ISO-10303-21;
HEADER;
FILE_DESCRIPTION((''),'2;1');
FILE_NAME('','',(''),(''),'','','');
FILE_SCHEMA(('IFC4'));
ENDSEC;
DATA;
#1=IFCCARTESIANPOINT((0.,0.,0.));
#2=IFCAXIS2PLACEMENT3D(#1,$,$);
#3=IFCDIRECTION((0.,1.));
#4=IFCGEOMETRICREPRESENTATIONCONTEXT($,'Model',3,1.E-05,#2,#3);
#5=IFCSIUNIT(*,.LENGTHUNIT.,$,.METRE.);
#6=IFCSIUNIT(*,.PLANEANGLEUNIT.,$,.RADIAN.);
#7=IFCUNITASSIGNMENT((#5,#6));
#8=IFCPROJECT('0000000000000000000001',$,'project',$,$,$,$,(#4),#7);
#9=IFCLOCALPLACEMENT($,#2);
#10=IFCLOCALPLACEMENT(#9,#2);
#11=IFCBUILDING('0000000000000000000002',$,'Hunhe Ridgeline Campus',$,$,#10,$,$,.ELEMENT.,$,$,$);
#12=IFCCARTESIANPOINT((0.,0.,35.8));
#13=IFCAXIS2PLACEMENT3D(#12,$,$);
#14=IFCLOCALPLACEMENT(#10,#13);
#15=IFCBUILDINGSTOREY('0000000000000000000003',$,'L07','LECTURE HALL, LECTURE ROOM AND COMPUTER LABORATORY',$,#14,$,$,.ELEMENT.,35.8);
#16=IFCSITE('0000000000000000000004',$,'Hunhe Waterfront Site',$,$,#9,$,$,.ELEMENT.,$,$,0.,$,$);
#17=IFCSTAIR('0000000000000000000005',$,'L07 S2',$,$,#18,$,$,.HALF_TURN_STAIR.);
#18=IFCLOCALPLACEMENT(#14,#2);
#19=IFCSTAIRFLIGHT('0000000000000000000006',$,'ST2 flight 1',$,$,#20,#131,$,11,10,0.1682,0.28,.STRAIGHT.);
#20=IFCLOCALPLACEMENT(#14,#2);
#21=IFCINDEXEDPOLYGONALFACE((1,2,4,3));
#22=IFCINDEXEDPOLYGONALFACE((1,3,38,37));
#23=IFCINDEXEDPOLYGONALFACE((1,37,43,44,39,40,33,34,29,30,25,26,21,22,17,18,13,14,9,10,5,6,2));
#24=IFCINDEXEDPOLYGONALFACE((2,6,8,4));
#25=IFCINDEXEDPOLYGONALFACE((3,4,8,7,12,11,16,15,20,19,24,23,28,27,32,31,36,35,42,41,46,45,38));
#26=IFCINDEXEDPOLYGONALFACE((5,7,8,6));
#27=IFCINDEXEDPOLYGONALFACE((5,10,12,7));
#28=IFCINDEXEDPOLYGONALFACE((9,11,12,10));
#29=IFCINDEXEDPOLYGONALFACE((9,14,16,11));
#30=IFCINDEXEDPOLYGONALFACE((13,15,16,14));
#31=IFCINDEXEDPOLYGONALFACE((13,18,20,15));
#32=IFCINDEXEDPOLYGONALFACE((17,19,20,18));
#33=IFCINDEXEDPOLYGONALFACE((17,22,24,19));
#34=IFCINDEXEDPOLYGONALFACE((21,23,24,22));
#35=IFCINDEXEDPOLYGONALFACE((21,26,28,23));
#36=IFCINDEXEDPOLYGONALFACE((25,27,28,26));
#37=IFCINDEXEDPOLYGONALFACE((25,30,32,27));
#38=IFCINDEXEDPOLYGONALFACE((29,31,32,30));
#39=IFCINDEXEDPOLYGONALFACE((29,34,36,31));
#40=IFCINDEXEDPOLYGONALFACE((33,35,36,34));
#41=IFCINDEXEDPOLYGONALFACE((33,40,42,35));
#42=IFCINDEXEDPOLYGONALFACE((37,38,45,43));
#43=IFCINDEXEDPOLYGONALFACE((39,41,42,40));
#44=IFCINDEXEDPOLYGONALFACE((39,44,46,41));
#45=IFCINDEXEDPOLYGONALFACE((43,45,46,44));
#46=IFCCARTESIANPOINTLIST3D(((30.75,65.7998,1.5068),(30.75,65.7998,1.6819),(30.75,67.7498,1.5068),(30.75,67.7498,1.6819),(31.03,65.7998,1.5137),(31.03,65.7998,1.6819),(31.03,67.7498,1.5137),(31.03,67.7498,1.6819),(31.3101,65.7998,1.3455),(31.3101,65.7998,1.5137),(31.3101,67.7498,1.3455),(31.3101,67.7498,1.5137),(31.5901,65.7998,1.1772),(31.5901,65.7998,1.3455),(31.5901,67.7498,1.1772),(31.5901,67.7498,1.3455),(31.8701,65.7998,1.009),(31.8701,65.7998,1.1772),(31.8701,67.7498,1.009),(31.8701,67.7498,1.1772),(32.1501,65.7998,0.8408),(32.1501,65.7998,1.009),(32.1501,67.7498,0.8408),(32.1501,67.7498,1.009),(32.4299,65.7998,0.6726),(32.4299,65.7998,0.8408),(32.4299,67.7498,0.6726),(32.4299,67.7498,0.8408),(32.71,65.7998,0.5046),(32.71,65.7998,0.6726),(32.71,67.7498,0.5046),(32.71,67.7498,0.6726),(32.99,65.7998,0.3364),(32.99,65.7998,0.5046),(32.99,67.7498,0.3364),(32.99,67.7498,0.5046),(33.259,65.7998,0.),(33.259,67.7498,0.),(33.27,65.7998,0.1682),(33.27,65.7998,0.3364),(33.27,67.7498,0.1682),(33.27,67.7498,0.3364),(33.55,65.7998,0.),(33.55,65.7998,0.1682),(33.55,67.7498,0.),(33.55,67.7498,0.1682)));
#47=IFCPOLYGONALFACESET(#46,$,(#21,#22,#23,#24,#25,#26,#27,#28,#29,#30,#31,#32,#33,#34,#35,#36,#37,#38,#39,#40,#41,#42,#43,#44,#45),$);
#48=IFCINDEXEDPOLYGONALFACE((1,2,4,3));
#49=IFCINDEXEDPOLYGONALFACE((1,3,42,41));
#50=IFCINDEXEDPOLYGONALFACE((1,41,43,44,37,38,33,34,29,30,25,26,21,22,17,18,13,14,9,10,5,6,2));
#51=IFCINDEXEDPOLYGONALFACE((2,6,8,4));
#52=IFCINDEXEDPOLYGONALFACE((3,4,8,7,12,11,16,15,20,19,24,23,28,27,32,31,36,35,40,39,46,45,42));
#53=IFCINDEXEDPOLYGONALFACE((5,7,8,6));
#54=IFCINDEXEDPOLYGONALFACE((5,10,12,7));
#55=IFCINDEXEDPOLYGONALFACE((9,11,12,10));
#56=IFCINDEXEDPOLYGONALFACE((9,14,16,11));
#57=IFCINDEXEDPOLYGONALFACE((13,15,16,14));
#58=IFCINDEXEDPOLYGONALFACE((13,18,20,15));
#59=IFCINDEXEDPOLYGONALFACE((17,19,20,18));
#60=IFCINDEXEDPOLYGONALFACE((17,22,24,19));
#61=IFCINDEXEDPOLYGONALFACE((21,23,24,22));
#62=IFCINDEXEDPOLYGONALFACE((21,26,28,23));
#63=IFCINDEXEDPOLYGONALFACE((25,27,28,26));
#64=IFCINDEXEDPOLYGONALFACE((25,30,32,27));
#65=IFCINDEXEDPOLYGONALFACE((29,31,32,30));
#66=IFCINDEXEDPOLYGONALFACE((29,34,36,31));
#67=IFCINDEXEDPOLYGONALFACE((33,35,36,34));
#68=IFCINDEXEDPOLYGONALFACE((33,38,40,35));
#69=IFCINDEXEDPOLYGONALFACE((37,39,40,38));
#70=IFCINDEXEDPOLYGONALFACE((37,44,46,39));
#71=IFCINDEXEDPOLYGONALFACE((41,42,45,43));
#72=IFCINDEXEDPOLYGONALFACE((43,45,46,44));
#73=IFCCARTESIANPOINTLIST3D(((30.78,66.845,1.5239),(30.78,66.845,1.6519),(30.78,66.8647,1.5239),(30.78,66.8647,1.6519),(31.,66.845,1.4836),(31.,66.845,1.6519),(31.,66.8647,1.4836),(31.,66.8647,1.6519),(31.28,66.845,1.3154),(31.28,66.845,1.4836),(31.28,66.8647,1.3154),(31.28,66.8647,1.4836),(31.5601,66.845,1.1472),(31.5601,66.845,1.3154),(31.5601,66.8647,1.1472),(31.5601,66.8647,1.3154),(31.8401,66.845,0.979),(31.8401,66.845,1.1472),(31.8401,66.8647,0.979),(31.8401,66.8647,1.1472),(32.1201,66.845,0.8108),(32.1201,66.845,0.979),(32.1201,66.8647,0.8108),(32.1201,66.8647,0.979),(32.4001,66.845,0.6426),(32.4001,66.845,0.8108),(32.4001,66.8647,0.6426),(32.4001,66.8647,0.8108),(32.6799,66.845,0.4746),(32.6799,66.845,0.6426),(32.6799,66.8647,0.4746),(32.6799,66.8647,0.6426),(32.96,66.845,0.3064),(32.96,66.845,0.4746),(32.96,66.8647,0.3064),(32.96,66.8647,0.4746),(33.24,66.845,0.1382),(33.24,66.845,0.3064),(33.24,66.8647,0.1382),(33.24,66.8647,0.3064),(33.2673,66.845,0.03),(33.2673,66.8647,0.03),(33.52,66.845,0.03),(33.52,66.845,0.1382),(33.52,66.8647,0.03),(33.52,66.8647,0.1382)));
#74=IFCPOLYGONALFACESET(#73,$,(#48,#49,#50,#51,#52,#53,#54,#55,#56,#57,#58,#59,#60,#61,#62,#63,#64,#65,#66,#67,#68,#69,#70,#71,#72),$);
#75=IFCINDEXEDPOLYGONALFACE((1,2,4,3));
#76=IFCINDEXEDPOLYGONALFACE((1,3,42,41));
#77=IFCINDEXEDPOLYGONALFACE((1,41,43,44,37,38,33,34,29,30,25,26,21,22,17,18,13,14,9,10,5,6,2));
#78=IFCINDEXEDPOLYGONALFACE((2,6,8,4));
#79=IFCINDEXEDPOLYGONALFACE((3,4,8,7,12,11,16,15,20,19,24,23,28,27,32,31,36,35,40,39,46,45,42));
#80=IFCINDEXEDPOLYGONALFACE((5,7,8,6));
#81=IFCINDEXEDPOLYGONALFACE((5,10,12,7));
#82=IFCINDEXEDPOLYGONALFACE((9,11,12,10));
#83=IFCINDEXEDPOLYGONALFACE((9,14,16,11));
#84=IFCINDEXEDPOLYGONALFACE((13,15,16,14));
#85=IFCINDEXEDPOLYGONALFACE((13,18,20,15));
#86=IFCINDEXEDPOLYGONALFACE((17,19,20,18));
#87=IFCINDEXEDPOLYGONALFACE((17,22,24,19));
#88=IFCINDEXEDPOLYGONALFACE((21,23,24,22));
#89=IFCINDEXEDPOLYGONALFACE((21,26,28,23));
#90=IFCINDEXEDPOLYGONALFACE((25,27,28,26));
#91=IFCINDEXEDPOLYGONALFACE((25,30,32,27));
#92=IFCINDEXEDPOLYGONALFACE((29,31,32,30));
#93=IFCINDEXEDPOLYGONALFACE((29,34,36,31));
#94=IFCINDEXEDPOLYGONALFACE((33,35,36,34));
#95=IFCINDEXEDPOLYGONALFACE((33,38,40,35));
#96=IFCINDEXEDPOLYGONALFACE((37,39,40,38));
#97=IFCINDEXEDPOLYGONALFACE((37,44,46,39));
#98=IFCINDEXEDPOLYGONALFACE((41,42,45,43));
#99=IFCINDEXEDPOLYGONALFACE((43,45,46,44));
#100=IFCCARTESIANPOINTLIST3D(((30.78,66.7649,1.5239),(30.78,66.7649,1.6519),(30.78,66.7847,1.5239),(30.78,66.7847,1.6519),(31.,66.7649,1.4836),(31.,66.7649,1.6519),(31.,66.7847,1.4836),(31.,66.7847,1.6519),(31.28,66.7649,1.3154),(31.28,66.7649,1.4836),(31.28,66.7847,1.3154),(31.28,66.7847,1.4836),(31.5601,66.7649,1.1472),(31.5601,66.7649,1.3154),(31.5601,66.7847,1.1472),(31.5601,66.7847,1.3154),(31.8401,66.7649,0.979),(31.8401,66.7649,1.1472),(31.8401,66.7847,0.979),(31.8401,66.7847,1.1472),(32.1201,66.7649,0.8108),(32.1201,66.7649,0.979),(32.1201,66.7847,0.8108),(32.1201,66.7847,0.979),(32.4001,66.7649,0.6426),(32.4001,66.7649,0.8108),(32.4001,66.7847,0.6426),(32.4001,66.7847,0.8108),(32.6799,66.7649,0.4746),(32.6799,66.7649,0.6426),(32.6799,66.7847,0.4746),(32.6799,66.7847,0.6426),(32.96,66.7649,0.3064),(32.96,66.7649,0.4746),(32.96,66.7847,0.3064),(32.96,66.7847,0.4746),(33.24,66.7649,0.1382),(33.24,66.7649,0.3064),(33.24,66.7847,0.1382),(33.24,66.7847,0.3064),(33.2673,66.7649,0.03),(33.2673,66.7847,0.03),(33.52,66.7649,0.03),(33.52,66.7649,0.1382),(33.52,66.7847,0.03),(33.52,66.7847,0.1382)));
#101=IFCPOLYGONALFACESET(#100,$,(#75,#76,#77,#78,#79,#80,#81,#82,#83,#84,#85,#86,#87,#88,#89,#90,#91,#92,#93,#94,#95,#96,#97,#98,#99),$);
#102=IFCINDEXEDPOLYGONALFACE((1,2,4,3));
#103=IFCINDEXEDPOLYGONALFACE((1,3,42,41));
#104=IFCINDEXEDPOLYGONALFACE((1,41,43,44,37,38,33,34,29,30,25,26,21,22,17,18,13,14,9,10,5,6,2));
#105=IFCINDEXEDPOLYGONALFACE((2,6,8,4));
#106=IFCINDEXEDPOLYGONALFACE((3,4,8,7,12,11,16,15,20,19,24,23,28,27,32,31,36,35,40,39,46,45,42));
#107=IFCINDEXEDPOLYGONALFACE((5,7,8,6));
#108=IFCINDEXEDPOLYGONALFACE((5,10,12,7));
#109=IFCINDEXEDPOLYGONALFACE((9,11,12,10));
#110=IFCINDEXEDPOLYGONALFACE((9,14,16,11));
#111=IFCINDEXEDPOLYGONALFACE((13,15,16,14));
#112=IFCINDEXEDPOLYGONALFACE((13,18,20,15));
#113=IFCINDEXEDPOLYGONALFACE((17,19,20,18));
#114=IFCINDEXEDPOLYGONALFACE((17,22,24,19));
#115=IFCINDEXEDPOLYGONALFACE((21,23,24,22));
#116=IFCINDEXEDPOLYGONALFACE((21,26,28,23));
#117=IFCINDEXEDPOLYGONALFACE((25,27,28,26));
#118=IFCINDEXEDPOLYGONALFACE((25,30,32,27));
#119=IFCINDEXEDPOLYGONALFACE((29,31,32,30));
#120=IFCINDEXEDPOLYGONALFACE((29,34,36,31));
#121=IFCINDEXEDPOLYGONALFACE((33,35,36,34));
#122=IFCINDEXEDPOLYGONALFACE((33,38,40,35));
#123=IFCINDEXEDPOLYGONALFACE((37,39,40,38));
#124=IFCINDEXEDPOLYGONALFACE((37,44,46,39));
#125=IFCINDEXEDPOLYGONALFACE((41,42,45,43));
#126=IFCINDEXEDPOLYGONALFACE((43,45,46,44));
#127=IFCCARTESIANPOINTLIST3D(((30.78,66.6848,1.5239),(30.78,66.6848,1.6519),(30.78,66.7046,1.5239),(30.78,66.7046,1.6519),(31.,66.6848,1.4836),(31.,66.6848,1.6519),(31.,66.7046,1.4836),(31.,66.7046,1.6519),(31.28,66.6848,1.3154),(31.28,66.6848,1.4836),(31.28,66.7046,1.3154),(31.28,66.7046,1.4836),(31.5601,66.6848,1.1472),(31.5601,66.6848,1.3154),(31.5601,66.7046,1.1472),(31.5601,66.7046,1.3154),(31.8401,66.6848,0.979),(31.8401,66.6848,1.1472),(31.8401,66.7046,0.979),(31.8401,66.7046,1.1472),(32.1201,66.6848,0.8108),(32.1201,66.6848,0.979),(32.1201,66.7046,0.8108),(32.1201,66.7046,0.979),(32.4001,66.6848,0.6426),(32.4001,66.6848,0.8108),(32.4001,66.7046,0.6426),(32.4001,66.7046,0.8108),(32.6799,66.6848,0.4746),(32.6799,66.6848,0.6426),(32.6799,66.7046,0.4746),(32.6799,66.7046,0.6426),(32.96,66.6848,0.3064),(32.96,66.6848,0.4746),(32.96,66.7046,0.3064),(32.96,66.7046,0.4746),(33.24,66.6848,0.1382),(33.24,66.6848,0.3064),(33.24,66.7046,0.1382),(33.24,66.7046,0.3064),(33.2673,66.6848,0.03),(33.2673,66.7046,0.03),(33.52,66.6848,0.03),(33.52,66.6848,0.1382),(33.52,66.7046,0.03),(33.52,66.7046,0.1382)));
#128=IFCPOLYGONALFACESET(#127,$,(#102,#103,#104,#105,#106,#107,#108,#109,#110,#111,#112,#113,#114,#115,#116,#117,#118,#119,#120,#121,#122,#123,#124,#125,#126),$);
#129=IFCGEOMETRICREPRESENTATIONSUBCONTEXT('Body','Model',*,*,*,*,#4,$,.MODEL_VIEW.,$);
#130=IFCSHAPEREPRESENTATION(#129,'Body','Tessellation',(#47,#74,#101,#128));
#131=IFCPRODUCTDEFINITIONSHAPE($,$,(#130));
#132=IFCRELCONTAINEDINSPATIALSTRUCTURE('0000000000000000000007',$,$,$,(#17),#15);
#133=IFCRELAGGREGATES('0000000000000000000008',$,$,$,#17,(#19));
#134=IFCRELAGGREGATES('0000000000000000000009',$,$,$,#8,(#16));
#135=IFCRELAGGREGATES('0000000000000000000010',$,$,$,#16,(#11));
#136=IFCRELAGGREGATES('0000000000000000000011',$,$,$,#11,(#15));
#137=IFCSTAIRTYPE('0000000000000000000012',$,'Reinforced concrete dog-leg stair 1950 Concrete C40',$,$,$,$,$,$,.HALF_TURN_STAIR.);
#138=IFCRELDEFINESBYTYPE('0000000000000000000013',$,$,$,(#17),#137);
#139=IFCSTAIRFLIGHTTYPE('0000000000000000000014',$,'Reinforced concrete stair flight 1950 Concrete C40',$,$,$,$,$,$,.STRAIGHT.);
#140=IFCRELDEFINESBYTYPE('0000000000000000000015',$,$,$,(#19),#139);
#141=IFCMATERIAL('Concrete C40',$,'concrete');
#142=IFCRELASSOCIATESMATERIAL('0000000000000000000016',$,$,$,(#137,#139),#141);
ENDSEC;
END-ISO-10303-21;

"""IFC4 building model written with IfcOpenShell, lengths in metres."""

from ifc_helpers import new_model, si_unit, direction, frame, origin, place, context, subcontext, project, spatial, polyline, outline, extrude, material, type_object, element, aggregate, save


model = new_model("IFC4")

# Units and contexts
model_context = context("Model", 3, precision=1e-05, world=origin(), true_north=direction((0.0, 1.0)))
body_context = subcontext(model_context, "Body", "Model", "MODEL_VIEW")
ifc_project = project(units=[si_unit("LENGTHUNIT", "METRE"), si_unit("PLANEANGLEUNIT", "RADIAN")], contexts=[model_context])

# Site, building, storey
site_placement = place(None, origin())
site = spatial("IfcSite", under=ifc_project, at=site_placement, Name="Hunhe Waterfront Site", CompositionType="ELEMENT", RefElevation=0.0)
building_placement = place(site_placement, origin())
building = spatial("IfcBuilding", under=site, at=building_placement, Name="Hunhe Ridgeline Campus", CompositionType="ELEMENT")
storey_placement = place(building_placement, frame((0.0, 0.0, 35.8)))
storey = spatial("IfcBuildingStorey", under=building, at=storey_placement, Name="L07", Description="LECTURE HALL, LECTURE ROOM AND COMPUTER LABORATORY", CompositionType="ELEMENT", Elevation=35.8)

# Stair, stair flight
ifc_material_1 = material(Name="Concrete C40", Category="concrete")
stair_type = type_object("IfcStairType", Name="Reinforced concrete dog-leg stair 1950 Concrete C40", PredefinedType="HALF_TURN_STAIR", material=ifc_material_1)
stair_placement = place(storey_placement, origin())
stair = element("IfcStair", 1, at=stair_placement, inside=storey, type_object=stair_type, Name="L07 S2", PredefinedType="HALF_TURN_STAIR")
stair_flight_type = type_object("IfcStairFlightType", Name="Reinforced concrete stair flight 1950 Concrete C40", PredefinedType="STRAIGHT", material=ifc_material_1)
stair_flight_placement = place(storey_placement, frame((33.55, 66.7749, 0.0), z_axis=(0.0, 0.0, 1.0), x_axis=(-1.0, 0.0, 0.0)))
stair_flight = element("IfcStairFlight", 2, at=stair_flight_placement, type_object=stair_flight_type, Name="ST2 flight 1", NumberOfRisers=11, NumberOfTreads=10, PredefinedType="STRAIGHT", RiserHeight=0.1682, TreadLength=0.28, context=body_context, shape_type="SweptSolid", body=[
    extrude(outline(polyline([(0.0, 0.0), (0.0, 0.1682), (0.28, 0.1682), (0.28, 0.3364), (0.5601, 0.3364), (0.5601, 0.5046), (0.8401, 0.5046), (0.8401, 0.6726), (1.1201, 0.6726), (1.1201, 0.8408), (1.3999, 0.8408), (1.3999, 1.009), (1.6799, 1.009), (1.6799, 1.1772), (1.96, 1.1772), (1.96, 1.3455), (2.24, 1.3455), (2.24, 1.5137), (2.52, 1.5137), (2.52, 1.6819), (2.8, 1.6819), (2.8, 1.8501), (2.8, 1.5068), (0.291, 0.0), (0.0, 0.0)])), frame((0.0, 0.9751, 0.0), z_axis=(0.0, -1.0, 0.0), x_axis=(1.0, 0.0, 0.0)), (0.0, 0.0, 1.0), 1.95),
    extrude(outline(polyline([(0.03, 0.03), (0.03, 0.1382), (0.3101, 0.1382), (0.3101, 0.3064), (0.5901, 0.3064), (0.5901, 0.4746), (0.8701, 0.4746), (0.8701, 0.6426), (1.1499, 0.6426), (1.1499, 0.8108), (1.4299, 0.8108), (1.4299, 0.979), (1.71, 0.979), (1.71, 1.1472), (1.99, 1.1472), (1.99, 1.3154), (2.27, 1.3154), (2.27, 1.4836), (2.55, 1.4836), (2.55, 1.6519), (2.77, 1.6519), (2.77, 1.5239), (0.2827, 0.03), (0.03, 0.03)])), frame((0.0, -0.0701, 0.0), z_axis=(0.0, -1.0, 0.0), x_axis=(1.0, 0.0, 0.0)), (0.0, 0.0, 1.0), 0.0198),
    extrude(outline(polyline([(0.03, 0.03), (0.03, 0.1382), (0.3101, 0.1382), (0.3101, 0.3064), (0.5901, 0.3064), (0.5901, 0.4746), (0.8701, 0.4746), (0.8701, 0.6426), (1.1499, 0.6426), (1.1499, 0.8108), (1.4299, 0.8108), (1.4299, 0.979), (1.71, 0.979), (1.71, 1.1472), (1.99, 1.1472), (1.99, 1.3154), (2.27, 1.3154), (2.27, 1.4836), (2.55, 1.4836), (2.55, 1.6519), (2.77, 1.6519), (2.77, 1.5239), (0.2827, 0.03), (0.03, 0.03)])), frame((0.0, 0.01, 0.0), z_axis=(0.0, -1.0, 0.0), x_axis=(1.0, 0.0, 0.0)), (0.0, 0.0, 1.0), 0.0198),
    extrude(outline(polyline([(0.03, 0.03), (0.03, 0.1382), (0.3101, 0.1382), (0.3101, 0.3064), (0.5901, 0.3064), (0.5901, 0.4746), (0.8701, 0.4746), (0.8701, 0.6426), (1.1499, 0.6426), (1.1499, 0.8108), (1.4299, 0.8108), (1.4299, 0.979), (1.71, 0.979), (1.71, 1.1472), (1.99, 1.1472), (1.99, 1.3154), (2.27, 1.3154), (2.27, 1.4836), (2.55, 1.4836), (2.55, 1.6519), (2.77, 1.6519), (2.77, 1.5239), (0.2827, 0.03), (0.03, 0.03)])), frame((0.0, 0.0901, 0.0), z_axis=(0.0, -1.0, 0.0), x_axis=(1.0, 0.0, 0.0)), (0.0, 0.0, 1.0), 0.0198),
])
aggregate(stair, [stair_flight])

save(model, "model.ifc")
